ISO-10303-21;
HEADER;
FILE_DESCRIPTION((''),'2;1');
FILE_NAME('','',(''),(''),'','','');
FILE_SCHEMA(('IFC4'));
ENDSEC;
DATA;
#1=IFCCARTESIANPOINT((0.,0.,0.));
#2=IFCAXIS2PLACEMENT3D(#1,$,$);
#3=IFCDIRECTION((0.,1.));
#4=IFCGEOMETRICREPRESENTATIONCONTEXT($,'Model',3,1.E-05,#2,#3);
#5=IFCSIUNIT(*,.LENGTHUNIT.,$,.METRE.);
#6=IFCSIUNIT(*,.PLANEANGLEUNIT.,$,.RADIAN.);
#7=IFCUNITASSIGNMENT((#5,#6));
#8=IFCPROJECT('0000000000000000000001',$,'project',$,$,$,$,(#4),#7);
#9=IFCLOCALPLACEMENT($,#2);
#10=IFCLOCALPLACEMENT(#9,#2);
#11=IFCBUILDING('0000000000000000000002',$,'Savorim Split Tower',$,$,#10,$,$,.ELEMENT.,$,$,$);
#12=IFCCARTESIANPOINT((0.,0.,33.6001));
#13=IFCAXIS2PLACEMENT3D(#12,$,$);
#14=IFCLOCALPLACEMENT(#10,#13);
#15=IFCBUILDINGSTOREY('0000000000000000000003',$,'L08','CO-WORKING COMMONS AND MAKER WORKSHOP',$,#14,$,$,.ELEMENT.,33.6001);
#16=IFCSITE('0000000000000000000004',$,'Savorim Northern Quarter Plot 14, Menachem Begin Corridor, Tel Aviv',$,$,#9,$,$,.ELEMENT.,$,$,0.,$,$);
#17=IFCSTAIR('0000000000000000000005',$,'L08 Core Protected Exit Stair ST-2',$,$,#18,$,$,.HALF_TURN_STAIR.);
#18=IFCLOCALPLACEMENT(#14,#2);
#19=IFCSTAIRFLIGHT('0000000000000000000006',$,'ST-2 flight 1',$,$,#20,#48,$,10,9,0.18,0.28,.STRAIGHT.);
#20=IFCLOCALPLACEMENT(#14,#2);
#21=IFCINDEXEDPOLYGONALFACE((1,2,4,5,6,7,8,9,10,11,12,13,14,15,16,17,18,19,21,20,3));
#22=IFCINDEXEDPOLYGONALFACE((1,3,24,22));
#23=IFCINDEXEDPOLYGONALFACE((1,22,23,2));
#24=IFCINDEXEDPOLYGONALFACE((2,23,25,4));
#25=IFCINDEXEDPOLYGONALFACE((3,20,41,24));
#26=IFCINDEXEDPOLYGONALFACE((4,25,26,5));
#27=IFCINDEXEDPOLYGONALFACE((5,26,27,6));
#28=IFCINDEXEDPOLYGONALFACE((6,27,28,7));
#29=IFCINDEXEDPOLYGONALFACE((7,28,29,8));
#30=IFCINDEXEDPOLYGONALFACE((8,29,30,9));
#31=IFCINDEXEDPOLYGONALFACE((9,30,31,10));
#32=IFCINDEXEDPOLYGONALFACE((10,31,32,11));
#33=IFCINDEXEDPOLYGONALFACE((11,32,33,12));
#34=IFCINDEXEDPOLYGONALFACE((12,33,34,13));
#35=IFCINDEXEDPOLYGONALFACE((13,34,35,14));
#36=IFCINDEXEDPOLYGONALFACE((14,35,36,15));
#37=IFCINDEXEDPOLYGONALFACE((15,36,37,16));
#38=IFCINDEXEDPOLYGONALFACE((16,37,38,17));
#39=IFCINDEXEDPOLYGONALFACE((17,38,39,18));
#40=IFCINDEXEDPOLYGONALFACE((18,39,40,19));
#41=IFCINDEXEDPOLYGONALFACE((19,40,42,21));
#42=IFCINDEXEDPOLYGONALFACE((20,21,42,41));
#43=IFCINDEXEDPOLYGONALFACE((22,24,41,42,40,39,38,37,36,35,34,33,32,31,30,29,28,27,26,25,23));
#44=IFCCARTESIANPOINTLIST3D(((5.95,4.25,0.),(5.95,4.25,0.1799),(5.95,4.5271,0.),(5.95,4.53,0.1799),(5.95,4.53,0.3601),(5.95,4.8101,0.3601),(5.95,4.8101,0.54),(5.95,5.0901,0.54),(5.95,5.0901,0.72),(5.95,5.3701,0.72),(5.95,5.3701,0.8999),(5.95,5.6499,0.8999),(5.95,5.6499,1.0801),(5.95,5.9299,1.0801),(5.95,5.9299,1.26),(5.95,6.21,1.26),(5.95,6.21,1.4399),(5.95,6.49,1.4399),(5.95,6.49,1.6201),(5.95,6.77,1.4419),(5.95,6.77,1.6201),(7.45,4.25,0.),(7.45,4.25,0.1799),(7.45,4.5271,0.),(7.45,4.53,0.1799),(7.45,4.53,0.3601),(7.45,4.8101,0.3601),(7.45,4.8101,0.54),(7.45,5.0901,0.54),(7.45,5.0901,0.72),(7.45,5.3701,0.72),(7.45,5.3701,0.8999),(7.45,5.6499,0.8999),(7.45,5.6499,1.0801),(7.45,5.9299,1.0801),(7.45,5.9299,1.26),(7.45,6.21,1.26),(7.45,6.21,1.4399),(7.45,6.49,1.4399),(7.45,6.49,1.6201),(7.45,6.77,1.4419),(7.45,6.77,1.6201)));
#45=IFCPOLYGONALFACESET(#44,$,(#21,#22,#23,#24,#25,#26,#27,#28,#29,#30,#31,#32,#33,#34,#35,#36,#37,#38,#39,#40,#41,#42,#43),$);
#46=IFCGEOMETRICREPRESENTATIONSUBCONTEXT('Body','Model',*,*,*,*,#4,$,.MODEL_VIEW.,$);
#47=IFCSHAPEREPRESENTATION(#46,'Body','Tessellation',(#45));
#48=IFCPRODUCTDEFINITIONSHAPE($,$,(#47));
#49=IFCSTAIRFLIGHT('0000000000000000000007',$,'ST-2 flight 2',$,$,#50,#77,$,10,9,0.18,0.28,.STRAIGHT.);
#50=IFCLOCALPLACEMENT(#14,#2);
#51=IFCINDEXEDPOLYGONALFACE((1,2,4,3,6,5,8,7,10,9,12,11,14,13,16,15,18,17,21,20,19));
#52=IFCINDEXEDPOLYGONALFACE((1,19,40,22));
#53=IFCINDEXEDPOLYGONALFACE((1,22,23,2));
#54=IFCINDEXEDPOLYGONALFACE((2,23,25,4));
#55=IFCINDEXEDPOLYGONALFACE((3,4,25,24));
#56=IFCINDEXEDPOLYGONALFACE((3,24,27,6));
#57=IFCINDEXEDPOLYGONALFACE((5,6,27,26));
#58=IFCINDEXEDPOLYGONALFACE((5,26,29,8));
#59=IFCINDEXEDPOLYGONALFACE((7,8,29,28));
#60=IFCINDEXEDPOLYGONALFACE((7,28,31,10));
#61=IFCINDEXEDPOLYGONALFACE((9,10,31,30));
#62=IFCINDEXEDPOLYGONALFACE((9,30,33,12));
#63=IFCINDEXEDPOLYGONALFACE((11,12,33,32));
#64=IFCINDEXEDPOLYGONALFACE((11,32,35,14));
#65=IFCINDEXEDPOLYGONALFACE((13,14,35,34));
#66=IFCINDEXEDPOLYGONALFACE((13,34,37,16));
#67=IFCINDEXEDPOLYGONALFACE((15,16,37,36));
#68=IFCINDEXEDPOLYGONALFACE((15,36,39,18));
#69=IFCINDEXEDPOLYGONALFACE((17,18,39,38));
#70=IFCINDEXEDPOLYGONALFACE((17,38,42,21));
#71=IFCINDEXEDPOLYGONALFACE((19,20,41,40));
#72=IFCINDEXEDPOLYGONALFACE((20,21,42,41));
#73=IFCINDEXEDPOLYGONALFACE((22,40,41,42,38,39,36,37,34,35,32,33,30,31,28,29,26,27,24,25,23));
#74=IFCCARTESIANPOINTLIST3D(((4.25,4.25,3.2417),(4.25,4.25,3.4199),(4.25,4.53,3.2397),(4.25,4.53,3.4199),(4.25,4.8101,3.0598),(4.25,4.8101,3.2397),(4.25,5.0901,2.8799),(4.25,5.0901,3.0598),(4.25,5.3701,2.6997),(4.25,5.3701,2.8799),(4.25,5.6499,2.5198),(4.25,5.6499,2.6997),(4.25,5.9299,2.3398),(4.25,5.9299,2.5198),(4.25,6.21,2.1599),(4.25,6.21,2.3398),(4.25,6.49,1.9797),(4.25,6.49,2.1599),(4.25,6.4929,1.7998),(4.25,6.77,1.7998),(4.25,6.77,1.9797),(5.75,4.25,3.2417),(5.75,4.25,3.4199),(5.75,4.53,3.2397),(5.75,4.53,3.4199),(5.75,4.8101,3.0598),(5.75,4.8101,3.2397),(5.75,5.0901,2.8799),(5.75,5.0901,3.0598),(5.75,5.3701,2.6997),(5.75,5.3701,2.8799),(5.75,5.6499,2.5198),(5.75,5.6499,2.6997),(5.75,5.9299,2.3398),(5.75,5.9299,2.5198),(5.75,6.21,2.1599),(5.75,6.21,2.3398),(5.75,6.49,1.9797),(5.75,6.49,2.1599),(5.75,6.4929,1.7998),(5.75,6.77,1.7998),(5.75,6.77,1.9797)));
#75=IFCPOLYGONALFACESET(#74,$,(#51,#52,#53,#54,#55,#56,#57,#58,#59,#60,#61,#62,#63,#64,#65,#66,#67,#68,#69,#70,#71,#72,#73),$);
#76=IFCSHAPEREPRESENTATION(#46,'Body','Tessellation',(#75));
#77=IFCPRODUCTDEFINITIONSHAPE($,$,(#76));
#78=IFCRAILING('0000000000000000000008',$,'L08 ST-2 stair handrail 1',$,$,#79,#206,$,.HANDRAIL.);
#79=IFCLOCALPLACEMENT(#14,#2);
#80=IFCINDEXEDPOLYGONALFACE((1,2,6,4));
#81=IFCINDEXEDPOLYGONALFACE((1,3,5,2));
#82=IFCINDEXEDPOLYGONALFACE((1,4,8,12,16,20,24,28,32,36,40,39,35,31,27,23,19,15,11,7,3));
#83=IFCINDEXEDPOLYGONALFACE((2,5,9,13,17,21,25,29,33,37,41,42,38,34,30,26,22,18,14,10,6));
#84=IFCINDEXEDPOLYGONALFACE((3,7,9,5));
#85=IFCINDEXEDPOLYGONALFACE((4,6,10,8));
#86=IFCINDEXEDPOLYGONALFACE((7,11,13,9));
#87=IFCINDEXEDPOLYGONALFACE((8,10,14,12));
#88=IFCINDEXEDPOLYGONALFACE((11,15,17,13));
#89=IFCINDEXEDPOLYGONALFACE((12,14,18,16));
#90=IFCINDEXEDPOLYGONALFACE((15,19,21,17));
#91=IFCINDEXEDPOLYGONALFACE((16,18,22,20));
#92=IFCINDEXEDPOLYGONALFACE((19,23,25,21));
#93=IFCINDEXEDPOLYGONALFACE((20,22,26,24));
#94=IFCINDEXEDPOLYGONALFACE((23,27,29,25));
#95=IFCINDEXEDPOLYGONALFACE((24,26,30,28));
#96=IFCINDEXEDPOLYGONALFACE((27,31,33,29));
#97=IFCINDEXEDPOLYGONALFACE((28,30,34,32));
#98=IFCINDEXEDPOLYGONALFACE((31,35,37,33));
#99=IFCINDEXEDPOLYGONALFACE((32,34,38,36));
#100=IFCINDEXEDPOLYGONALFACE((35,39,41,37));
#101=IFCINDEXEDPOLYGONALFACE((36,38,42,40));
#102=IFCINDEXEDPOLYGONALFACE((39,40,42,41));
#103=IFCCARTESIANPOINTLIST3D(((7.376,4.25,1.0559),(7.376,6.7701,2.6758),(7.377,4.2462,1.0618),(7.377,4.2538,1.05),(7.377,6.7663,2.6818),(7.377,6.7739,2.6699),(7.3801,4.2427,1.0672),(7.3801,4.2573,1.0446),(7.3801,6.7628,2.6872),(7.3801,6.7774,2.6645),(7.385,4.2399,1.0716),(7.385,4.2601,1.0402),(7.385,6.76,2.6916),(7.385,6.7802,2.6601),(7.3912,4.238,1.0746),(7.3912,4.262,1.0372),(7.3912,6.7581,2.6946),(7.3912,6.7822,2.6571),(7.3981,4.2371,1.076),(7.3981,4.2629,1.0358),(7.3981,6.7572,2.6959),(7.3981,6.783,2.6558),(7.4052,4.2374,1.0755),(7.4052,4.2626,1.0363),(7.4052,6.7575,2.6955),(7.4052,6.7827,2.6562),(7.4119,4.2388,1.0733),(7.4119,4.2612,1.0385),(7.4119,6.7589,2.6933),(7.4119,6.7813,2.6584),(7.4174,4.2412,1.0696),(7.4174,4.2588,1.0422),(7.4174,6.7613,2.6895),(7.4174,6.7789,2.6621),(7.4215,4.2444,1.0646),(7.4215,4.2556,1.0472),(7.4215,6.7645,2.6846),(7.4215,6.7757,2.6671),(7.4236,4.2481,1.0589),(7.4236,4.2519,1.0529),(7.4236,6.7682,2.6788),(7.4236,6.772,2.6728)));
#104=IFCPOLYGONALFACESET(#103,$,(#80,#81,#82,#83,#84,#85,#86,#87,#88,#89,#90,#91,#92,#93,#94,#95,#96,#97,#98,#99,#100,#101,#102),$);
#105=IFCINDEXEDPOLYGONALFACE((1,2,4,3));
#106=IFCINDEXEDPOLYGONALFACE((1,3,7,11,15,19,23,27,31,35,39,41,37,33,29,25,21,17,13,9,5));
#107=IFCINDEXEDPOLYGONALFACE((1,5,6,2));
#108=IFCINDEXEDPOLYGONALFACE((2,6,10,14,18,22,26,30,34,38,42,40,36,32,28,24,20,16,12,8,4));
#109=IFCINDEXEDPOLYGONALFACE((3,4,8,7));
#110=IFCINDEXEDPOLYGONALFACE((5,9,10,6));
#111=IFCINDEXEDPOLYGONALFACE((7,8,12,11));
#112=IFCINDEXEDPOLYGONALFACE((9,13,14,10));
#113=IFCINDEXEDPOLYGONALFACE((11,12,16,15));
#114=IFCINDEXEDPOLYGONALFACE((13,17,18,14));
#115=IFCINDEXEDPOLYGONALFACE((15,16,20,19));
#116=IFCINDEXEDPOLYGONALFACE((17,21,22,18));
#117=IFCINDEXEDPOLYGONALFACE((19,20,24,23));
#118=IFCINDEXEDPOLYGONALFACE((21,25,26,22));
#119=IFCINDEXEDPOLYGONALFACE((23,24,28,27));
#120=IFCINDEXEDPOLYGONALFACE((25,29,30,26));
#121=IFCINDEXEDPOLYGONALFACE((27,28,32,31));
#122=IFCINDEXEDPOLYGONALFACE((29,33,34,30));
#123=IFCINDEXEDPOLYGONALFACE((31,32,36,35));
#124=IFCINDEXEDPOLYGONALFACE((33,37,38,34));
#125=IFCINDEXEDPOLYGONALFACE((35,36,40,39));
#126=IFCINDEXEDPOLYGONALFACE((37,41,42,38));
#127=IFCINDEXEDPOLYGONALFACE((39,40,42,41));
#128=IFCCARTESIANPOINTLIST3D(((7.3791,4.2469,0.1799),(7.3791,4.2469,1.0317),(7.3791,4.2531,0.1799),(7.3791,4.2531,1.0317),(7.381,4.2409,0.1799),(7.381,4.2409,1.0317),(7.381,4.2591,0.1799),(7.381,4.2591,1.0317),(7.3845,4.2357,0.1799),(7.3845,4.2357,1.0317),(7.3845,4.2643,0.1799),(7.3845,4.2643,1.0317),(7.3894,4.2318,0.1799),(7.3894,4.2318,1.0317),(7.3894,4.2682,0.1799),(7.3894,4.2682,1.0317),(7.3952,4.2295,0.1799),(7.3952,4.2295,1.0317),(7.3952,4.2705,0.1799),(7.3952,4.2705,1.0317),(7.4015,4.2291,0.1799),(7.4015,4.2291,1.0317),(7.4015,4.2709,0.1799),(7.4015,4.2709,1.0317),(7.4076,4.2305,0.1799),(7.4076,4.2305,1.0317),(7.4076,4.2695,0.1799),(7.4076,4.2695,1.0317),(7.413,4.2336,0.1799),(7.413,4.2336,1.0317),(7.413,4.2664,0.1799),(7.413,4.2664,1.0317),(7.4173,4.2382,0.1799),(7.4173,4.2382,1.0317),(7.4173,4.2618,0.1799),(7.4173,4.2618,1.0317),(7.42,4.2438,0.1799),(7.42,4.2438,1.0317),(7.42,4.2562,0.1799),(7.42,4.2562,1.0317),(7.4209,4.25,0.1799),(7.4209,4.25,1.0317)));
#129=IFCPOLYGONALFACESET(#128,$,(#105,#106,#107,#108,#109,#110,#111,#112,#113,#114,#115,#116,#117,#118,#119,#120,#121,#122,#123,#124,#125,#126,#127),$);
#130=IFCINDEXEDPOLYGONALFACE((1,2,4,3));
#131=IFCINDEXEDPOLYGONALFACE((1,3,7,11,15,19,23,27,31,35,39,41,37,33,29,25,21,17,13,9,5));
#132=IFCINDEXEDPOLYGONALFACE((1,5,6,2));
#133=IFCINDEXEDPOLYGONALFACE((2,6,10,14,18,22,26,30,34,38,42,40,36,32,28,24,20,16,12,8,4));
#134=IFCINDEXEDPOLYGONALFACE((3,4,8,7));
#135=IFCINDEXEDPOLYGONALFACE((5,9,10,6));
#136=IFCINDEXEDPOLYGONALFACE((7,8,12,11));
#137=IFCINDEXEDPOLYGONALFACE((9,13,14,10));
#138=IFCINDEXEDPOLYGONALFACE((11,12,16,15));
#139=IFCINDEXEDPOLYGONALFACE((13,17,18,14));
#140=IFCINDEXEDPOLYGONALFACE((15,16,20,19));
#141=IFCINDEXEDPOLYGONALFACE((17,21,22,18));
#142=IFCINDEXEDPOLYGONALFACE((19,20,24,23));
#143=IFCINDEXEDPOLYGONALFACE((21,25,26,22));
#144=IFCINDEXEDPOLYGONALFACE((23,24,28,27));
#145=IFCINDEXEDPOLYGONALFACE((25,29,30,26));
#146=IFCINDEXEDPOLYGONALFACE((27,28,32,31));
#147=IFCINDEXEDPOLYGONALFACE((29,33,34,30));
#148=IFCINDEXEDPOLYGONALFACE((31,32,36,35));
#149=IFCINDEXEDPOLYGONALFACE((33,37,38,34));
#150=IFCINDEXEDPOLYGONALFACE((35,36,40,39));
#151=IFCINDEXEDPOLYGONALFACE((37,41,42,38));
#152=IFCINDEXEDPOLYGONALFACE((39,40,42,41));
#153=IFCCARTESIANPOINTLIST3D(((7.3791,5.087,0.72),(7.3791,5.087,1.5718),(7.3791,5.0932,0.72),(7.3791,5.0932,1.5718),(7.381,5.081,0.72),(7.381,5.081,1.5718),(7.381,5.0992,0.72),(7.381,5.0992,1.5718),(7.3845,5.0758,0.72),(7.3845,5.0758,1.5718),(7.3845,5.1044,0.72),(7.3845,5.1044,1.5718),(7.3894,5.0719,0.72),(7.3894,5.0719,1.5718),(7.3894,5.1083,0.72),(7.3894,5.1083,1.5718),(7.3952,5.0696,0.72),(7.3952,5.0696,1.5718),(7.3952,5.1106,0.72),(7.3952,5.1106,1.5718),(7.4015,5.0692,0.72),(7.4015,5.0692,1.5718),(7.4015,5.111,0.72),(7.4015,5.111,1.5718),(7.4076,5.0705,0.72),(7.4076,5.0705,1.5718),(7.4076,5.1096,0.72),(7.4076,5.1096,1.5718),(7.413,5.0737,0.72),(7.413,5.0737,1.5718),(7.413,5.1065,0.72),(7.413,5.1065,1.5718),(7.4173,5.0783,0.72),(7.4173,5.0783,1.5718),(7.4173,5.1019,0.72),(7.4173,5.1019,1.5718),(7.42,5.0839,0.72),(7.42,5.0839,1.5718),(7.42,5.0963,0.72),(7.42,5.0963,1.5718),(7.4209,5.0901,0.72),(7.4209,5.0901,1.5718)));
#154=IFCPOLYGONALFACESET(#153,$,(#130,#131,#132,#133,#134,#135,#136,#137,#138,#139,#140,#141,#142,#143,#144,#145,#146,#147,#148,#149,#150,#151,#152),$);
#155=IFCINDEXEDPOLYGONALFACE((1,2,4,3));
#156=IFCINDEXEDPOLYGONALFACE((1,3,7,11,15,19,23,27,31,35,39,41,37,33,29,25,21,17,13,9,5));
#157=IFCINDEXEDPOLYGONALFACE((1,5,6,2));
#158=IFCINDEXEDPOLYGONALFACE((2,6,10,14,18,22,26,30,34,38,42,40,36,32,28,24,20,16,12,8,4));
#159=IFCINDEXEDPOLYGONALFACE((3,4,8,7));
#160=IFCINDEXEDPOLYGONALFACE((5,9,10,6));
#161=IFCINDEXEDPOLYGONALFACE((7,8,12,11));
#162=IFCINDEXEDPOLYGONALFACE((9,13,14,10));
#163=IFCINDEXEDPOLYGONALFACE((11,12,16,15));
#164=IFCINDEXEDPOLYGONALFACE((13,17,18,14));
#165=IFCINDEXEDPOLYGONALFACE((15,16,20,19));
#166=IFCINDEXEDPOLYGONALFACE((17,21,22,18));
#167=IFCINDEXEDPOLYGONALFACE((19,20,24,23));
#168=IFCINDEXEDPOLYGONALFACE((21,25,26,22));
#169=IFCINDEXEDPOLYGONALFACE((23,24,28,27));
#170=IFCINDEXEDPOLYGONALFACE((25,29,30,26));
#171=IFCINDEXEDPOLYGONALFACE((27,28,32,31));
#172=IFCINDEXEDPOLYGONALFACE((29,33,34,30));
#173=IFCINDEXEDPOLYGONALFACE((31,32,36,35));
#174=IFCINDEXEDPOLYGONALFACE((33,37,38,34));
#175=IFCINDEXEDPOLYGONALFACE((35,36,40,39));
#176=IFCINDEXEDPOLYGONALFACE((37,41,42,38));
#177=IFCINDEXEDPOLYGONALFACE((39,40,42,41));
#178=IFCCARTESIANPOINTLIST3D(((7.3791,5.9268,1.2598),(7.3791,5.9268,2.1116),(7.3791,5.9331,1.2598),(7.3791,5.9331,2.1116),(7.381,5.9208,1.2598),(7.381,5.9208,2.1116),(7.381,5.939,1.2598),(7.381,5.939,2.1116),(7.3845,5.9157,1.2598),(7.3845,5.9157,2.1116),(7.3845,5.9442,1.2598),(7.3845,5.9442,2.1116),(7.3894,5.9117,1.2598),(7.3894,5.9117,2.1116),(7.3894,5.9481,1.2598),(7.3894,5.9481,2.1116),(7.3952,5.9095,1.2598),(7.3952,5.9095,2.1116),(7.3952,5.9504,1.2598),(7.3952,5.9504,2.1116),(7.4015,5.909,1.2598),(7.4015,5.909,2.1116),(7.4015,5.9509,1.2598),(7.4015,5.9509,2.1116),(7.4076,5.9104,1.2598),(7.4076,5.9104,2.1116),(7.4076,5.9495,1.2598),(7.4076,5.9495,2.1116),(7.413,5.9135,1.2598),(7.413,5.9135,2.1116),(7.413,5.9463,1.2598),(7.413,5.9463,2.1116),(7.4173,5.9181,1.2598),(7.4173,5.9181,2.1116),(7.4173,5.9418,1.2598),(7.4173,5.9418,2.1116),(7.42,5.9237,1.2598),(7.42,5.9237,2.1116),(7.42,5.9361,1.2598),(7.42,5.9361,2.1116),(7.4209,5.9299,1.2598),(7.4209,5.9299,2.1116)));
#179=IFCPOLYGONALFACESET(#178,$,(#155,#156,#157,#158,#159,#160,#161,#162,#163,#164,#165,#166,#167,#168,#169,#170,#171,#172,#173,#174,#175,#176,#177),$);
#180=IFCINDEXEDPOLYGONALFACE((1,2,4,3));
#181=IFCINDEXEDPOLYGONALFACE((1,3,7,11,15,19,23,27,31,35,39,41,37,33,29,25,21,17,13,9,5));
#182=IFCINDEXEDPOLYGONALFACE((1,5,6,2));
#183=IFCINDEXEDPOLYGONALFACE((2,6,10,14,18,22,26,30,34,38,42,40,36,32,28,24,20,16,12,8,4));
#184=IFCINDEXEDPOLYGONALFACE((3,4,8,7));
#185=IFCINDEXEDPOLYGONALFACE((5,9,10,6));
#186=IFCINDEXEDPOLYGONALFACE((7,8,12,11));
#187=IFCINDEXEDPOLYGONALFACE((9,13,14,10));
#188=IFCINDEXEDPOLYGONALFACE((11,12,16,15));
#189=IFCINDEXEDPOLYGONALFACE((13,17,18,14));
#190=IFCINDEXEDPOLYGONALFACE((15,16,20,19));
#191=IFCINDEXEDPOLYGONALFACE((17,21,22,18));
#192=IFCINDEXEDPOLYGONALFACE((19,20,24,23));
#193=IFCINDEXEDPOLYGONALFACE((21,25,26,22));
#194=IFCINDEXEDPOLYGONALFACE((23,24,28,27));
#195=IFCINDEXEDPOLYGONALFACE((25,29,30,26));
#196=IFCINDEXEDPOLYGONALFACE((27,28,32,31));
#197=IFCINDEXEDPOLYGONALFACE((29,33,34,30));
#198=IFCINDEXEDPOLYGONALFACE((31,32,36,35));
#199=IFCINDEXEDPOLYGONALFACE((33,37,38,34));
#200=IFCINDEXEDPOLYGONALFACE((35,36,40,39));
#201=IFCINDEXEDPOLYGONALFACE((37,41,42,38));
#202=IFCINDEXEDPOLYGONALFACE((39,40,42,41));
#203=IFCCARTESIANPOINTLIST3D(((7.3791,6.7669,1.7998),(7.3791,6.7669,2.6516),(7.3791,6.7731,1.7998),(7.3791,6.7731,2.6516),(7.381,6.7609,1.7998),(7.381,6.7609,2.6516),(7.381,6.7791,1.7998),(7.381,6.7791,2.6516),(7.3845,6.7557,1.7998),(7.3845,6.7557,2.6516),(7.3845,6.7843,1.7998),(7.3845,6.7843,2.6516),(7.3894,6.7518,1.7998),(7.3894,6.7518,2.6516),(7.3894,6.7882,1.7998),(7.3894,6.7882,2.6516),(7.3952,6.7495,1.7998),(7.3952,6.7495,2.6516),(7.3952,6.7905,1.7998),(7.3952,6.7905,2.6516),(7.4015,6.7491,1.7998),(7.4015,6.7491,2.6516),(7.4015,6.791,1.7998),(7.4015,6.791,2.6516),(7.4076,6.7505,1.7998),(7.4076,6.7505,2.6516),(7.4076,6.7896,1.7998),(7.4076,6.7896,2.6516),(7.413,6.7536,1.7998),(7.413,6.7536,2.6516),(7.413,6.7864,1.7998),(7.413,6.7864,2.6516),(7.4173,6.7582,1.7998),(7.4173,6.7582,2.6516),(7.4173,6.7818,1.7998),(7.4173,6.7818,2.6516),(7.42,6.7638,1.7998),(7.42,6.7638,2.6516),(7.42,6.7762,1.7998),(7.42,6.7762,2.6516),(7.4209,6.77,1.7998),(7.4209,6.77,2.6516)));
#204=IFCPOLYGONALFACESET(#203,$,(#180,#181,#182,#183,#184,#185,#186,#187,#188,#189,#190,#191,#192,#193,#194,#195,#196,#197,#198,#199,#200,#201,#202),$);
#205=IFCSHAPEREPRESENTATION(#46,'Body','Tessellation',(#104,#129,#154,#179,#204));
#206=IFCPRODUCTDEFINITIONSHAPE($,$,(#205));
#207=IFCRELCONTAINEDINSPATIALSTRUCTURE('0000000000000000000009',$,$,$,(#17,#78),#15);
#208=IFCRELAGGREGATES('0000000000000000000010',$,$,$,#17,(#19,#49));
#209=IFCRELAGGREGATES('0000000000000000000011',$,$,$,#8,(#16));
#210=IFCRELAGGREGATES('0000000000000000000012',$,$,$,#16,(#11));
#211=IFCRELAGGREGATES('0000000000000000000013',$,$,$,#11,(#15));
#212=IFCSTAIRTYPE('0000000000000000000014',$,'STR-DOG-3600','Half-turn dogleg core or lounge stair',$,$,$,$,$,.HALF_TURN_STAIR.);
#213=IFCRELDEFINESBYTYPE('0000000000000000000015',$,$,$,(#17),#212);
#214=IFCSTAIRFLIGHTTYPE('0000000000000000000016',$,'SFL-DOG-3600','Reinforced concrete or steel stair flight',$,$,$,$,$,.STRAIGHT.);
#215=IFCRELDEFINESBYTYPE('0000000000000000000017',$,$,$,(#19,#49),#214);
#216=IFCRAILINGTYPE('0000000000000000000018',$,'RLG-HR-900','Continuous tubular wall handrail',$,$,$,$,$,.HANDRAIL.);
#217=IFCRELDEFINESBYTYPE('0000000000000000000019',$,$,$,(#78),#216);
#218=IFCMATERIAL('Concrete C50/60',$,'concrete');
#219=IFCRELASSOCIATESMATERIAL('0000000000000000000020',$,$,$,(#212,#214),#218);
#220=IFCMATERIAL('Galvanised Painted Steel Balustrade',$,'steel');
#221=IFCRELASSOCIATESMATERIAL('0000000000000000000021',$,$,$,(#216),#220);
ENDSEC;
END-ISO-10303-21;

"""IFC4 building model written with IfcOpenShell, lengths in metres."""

from ifc_helpers import new_model, si_unit, direction, frame, origin, origin_2d, place, context, subcontext, project, spatial, polyline, circle, outline, extrude, material, type_object, element, aggregate, save


model = new_model("IFC4")

# Units and contexts
model_context = context("Model", 3, precision=1e-05, world=origin(), true_north=direction((0.0, 1.0)))
body_context = subcontext(model_context, "Body", "Model", "MODEL_VIEW")
ifc_project = project(units=[si_unit("LENGTHUNIT", "METRE"), si_unit("PLANEANGLEUNIT", "RADIAN")], contexts=[model_context])

# Site, building, storey
site_placement = place(None, origin())
site = spatial("IfcSite", under=ifc_project, at=site_placement, Name="Savorim Northern Quarter Plot 14, Menachem Begin Corridor, Tel Aviv", CompositionType="ELEMENT", RefElevation=0.0)
building_placement = place(site_placement, origin())
building = spatial("IfcBuilding", under=site, at=building_placement, Name="Savorim Split Tower", CompositionType="ELEMENT")
storey_placement = place(building_placement, frame((0.0, 0.0, 33.6001)))
storey = spatial("IfcBuildingStorey", under=building, at=storey_placement, Name="L08", Description="CO-WORKING COMMONS AND MAKER WORKSHOP", CompositionType="ELEMENT", Elevation=33.6001)

# Shared definitions
ifc_material_1 = material(Name="Concrete C50/60", Category="concrete")

# Stair, stair flights
stair_type = type_object("IfcStairType", Name="STR-DOG-3600", Description="Half-turn dogleg core or lounge stair", PredefinedType="HALF_TURN_STAIR", material=ifc_material_1)
stair_placement = place(storey_placement, origin())
stair = element("IfcStair", 1, at=stair_placement, inside=storey, type_object=stair_type, Name="L08 Core Protected Exit Stair ST-2", PredefinedType="HALF_TURN_STAIR")
stair_flight_type = type_object("IfcStairFlightType", Name="SFL-DOG-3600", Description="Reinforced concrete or steel stair flight", PredefinedType="STRAIGHT", material=ifc_material_1)
stair_flight_1_placement = place(storey_placement, frame((6.7, 4.25, 0.0), z_axis=(0.0, 0.0, 1.0), x_axis=(0.0, 1.0, 0.0)))
stair_flight_1 = element("IfcStairFlight", 2, at=stair_flight_1_placement, type_object=stair_flight_type, Name="ST-2 flight 1", NumberOfRisers=10, NumberOfTreads=9, PredefinedType="STRAIGHT", RiserHeight=0.18, TreadLength=0.28, context=body_context, shape_type="SweptSolid", body=[
    extrude(outline(polyline([(0.0, 0.0), (0.0, 0.1799), (0.28, 0.1799), (0.28, 0.3601), (0.5601, 0.3601), (0.5601, 0.54), (0.8401, 0.54), (0.8401, 0.72), (1.1201, 0.72), (1.1201, 0.8999), (1.3999, 0.8999), (1.3999, 1.0801), (1.6799, 1.0801), (1.6799, 1.26), (1.96, 1.26), (1.96, 1.4399), (2.24, 1.4399), (2.24, 1.6201), (2.52, 1.6201), (2.52, 1.8), (2.52, 1.4419), (0.2771, 0.0), (0.0, 0.0)])), frame((0.0, 0.75, 0.0), z_axis=(0.0, -1.0, 0.0), x_axis=(1.0, 0.0, 0.0)), (0.0, 0.0, 1.0), 1.5),
])
stair_flight_2_placement = place(storey_placement, frame((5.0, 6.77, 1.7998), z_axis=(0.0, 0.0, 1.0), x_axis=(0.0, -1.0, 0.0)))
stair_flight_2 = element("IfcStairFlight", 3, at=stair_flight_2_placement, type_object=stair_flight_type, Name="ST-2 flight 2", NumberOfRisers=10, NumberOfTreads=9, PredefinedType="STRAIGHT", RiserHeight=0.18, TreadLength=0.28, context=body_context, shape_type="SweptSolid", body=[
    extrude(outline(polyline([(0.0, 0.0), (0.0, 0.1799), (0.28, 0.1799), (0.28, 0.3601), (0.5601, 0.3601), (0.5601, 0.54), (0.8401, 0.54), (0.8401, 0.72), (1.1201, 0.72), (1.1201, 0.8999), (1.3999, 0.8999), (1.3999, 1.0801), (1.6799, 1.0801), (1.6799, 1.26), (1.96, 1.26), (1.96, 1.4399), (2.24, 1.4399), (2.24, 1.6201), (2.52, 1.6201), (2.52, 1.8), (2.52, 1.4419), (0.2771, 0.0), (0.0, 0.0)])), frame((0.0, 0.75, 0.0), z_axis=(0.0, -1.0, 0.0), x_axis=(1.0, 0.0, 0.0)), (0.0, 0.0, 1.0), 1.5),
])
aggregate(stair, [stair_flight_1, stair_flight_2])

# Railing
ifc_material_2 = material(Name="Galvanised Painted Steel Balustrade", Category="steel")
railing_type_1 = type_object("IfcRailingType", Name="RLG-HR-900", Description="Continuous tubular wall handrail", PredefinedType="HANDRAIL", material=ifc_material_2)
railing_1_placement = place(storey_placement, frame((7.3999, 4.25, 0.1799)))
element("IfcRailing", 4, at=railing_1_placement, inside=storey, type_object=railing_type_1, Name="L08 ST-2 stair handrail 1", PredefinedType="HANDRAIL", context=body_context, shape_type="SweptSolid", body=[
    extrude(circle(Radius=0.0239, at=origin_2d()), frame((0.0, 0.0, 0.876), z_axis=(0.0, 0.8412, 0.540725), x_axis=(-1.0, 0.0, 0.0)), (0.0, 0.0, 1.0), 2.9958),
    extrude(circle(Radius=0.021, at=origin_2d()), origin(), (0.0, 0.0, 1.0), 0.8518),
    extrude(circle(Radius=0.021, at=origin_2d()), frame((0.0, 0.8401, 0.54)), (0.0, 0.0, 1.0), 0.8518),
    extrude(circle(Radius=0.021, at=origin_2d()), frame((0.0, 1.6799, 1.0798)), (0.0, 0.0, 1.0), 0.8518),
    extrude(circle(Radius=0.021, at=origin_2d()), frame((0.0, 2.52, 1.6199)), (0.0, 0.0, 1.0), 0.8518),
])

save(model, "model.ifc")
